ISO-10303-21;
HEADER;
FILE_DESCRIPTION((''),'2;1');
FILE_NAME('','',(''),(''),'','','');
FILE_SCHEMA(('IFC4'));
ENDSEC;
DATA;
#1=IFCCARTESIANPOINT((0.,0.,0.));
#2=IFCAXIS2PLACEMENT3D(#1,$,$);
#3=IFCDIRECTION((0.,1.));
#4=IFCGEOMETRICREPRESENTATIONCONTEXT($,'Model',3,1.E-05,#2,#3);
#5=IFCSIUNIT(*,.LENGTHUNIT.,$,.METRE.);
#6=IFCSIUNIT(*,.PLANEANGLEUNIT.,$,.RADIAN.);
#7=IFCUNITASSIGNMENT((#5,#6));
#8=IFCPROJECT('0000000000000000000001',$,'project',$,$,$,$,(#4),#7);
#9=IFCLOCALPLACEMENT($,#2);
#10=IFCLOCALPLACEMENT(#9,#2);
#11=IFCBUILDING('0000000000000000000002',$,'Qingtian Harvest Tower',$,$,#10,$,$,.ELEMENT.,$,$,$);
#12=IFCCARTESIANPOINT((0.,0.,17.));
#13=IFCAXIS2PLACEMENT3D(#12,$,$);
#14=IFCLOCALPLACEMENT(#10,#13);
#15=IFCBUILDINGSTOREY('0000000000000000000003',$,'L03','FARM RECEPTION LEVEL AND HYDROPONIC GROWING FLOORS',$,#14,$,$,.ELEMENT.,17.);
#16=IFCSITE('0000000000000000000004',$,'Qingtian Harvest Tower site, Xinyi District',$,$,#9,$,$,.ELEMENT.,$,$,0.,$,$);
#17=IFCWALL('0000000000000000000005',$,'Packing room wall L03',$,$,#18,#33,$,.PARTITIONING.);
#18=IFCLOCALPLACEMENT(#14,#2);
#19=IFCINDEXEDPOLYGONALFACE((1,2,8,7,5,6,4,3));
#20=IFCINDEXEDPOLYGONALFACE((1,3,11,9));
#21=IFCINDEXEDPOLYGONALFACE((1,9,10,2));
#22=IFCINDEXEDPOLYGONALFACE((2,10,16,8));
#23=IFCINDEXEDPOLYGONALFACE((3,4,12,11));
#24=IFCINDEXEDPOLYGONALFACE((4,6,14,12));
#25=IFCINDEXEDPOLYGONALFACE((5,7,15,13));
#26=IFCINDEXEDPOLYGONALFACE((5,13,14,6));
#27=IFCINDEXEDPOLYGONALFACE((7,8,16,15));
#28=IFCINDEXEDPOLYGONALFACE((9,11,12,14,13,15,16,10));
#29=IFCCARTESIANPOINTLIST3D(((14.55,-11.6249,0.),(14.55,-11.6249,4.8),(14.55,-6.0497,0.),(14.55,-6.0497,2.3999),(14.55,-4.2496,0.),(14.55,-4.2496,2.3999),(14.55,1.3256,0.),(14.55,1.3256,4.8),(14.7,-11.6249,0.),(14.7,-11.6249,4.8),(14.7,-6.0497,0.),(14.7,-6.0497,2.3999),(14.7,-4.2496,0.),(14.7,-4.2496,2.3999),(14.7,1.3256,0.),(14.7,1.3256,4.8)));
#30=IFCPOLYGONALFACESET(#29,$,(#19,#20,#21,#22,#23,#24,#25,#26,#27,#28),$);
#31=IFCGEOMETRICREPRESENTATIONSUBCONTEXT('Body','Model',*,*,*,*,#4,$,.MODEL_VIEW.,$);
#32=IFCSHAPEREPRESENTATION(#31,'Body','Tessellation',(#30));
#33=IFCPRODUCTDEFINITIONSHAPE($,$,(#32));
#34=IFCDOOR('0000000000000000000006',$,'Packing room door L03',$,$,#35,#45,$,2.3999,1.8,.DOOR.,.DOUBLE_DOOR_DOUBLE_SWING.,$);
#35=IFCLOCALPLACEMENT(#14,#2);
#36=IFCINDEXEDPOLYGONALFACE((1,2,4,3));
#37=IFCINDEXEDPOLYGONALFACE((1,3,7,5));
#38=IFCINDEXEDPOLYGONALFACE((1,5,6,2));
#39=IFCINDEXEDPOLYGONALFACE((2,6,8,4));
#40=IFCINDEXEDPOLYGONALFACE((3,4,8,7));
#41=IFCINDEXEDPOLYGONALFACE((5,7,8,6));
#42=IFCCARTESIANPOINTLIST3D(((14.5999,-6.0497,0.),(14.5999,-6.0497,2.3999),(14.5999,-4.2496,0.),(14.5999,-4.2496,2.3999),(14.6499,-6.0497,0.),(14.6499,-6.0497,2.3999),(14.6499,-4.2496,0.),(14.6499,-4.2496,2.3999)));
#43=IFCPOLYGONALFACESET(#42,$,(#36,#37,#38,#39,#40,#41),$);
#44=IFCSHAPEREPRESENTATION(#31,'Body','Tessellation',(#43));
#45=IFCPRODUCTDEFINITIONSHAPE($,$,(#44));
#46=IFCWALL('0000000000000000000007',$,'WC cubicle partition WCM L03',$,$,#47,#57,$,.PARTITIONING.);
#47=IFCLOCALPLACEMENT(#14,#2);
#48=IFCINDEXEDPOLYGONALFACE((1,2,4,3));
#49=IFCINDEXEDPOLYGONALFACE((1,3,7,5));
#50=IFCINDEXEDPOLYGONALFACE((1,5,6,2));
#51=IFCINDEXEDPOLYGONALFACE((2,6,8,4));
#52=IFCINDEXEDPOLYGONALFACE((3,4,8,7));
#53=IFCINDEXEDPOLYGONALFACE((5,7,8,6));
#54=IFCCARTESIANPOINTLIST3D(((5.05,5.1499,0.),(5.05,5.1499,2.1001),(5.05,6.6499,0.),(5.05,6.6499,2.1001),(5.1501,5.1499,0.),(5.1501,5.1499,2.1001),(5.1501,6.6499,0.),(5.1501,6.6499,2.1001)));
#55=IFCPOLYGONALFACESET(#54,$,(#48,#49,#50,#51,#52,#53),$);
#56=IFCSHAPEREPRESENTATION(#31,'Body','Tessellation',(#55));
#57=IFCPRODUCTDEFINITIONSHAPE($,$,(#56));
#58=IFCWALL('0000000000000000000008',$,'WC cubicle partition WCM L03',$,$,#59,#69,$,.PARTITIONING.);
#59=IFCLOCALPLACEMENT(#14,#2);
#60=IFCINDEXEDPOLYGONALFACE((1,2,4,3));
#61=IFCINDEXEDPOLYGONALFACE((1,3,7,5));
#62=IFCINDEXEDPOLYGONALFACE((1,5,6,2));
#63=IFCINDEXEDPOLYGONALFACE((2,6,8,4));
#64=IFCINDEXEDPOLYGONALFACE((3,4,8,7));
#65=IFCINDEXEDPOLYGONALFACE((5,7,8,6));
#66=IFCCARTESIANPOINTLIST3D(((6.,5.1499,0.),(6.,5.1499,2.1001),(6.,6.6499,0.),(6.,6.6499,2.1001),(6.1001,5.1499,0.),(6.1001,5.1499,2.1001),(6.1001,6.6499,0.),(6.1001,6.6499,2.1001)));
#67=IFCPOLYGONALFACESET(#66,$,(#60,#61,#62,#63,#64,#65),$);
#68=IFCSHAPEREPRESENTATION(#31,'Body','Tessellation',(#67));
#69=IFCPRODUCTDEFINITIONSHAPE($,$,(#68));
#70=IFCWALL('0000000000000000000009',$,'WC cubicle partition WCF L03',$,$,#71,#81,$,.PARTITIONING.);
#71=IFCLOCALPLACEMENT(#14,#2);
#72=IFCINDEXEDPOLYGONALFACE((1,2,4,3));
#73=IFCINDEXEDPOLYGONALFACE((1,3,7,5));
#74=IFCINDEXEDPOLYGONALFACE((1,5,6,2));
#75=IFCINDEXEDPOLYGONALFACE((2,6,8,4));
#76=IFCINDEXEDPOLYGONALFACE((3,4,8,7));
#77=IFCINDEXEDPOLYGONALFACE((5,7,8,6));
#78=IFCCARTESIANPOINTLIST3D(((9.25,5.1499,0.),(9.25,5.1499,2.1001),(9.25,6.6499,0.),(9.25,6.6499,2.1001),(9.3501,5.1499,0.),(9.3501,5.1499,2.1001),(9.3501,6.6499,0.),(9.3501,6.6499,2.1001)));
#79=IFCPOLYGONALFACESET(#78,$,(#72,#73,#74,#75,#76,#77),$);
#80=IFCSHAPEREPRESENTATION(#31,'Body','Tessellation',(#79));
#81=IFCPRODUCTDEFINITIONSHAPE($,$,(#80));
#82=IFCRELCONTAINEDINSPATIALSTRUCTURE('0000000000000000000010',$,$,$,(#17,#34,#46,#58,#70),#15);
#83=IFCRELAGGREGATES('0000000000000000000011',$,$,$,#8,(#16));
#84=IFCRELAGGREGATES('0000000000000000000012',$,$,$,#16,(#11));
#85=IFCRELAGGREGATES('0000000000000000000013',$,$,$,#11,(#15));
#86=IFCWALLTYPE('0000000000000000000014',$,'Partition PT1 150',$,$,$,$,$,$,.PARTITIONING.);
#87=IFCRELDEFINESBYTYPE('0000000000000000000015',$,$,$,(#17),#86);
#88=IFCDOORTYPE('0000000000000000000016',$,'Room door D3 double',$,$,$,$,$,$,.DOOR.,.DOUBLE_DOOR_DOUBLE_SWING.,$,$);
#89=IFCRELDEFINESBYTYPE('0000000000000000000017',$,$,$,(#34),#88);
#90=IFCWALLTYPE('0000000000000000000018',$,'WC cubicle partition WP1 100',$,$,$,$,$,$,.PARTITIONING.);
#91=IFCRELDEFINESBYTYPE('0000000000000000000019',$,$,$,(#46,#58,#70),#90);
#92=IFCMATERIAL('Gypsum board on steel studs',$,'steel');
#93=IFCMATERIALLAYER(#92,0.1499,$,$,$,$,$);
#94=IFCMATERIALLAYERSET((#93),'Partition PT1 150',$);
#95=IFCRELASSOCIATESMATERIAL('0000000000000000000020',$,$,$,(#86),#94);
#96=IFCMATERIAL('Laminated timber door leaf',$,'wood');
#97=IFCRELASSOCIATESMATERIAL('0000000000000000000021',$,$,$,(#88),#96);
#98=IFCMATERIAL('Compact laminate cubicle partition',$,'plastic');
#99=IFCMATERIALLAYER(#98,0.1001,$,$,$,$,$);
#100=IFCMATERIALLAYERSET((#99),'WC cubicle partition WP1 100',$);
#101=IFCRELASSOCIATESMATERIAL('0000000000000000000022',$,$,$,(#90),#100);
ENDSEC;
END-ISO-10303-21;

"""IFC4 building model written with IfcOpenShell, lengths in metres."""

from ifc_helpers import new_model, si_unit, direction, frame, frame_2d, origin, place, context, subcontext, project, spatial, rectangle, extrude, material, layer, layer_set, type_object, element, fill, save


model = new_model("IFC4")

# Units and contexts
model_context = context("Model", 3, precision=1e-05, world=origin(), true_north=direction((0.0, 1.0)))
body_context = subcontext(model_context, "Body", "Model", "MODEL_VIEW")
ifc_project = project(units=[si_unit("LENGTHUNIT", "METRE"), si_unit("PLANEANGLEUNIT", "RADIAN")], contexts=[model_context])

# Site, building, storey
site_placement = place(None, origin())
site = spatial("IfcSite", under=ifc_project, at=site_placement, Name="Qingtian Harvest Tower site, Xinyi District", CompositionType="ELEMENT", RefElevation=0.0)
building_placement = place(site_placement, origin())
building = spatial("IfcBuilding", under=site, at=building_placement, Name="Qingtian Harvest Tower", CompositionType="ELEMENT")
storey_placement = place(building_placement, frame((0.0, 0.0, 17.0)))
storey = spatial("IfcBuildingStorey", under=building, at=storey_placement, Name="L03", Description="FARM RECEPTION LEVEL AND HYDROPONIC GROWING FLOORS", CompositionType="ELEMENT", Elevation=17.0)

# Wall, opening, door
ifc_material_1 = material(Name="Gypsum board on steel studs", Category="steel")
ifc_layer_1 = layer(ifc_material_1, 0.1499)
ifc_layer_set_1 = layer_set([ifc_layer_1], Name="Partition PT1 150")
wall_type_1 = type_object("IfcWallType", Name="Partition PT1 150", PredefinedType="PARTITIONING", material=ifc_layer_set_1)
wall_1_placement = place(storey_placement, frame((14.625, 1.3254, 0.0), z_axis=(0.0, 0.0, 1.0), x_axis=(0.0, -1.0, 0.0)))
wall_1 = element("IfcWall", 1, at=wall_1_placement, inside=storey, type_object=wall_type_1, Name="Packing room wall L03", PredefinedType="PARTITIONING", context=body_context, shape_type="SweptSolid", body=[
    extrude(rectangle(XDim=12.9504, YDim=0.1499, at=frame_2d((6.4751, 0.0))), origin(), (0.0, 0.0, 1.0), 4.8),
])
opening_1_placement = place(wall_1_placement, frame((5.5752, 0.0, 0.0)))
opening_1 = element("IfcOpeningElement", 2, at=opening_1_placement, cuts=wall_1, PredefinedType="OPENING", context=body_context, shape_type="SweptSolid", body=[
    extrude(rectangle(XDim=1.8, YDim=2.3999, at=frame_2d((0.8999, 1.2))), frame((0.0, 0.085, 0.0), z_axis=(0.0, -1.0, 0.0), x_axis=(1.0, 0.0, 0.0)), (0.0, 0.0, 1.0), 0.1699),
])
ifc_material_2 = material(Name="Laminated timber door leaf", Category="wood")
door_type_1 = type_object("IfcDoorType", Name="Room door D3 double", OperationType="DOUBLE_DOOR_DOUBLE_SWING", PredefinedType="DOOR", material=ifc_material_2)
door_1_placement = place(opening_1_placement, origin())
door_1 = element("IfcDoor", 3, at=door_1_placement, inside=storey, type_object=door_type_1, Name="Packing room door L03", OperationType="DOUBLE_DOOR_DOUBLE_SWING", OverallHeight=2.3999, OverallWidth=1.8, PredefinedType="DOOR", context=body_context, shape_type="SweptSolid", body=[
    extrude(rectangle(XDim=1.8, YDim=2.3999, at=frame_2d((0.8999, 1.2))), frame((0.0, 0.0249, 0.0), z_axis=(0.0, -1.0, 0.0), x_axis=(1.0, 0.0, 0.0)), (0.0, 0.0, 1.0), 0.05),
])
fill(opening_1, door_1)

# Walls
ifc_material_3 = material(Name="Compact laminate cubicle partition", Category="plastic")
ifc_layer_2 = layer(ifc_material_3, 0.1001)
ifc_layer_set_2 = layer_set([ifc_layer_2], Name="WC cubicle partition WP1 100")
wall_type_2 = type_object("IfcWallType", Name="WC cubicle partition WP1 100", PredefinedType="PARTITIONING", material=ifc_layer_set_2)
for number, where, z_axis, x_axis, name in (
    (4, (5.1001, 5.1499, 0.0), (0.0, 0.0, 1.0), (0.0, 1.0, 0.0), "WC cubicle partition WCM L03"),
    (5, (6.05, 5.1499, 0.0), (0.0, 0.0, 1.0), (0.0, 1.0, 0.0), "WC cubicle partition WCM L03"),
    (6, (9.3, 5.1499, 0.0), (0.0, 0.0, 1.0), (0.0, 1.0, 0.0), "WC cubicle partition WCF L03"),
):
    element("IfcWall", number, at=place(storey_placement, frame(where, z_axis=z_axis, x_axis=x_axis)), inside=storey, type_object=wall_type_2, Name=name, PredefinedType="PARTITIONING", context=body_context, shape_type="SweptSolid", body=[
        extrude(rectangle(XDim=1.5, YDim=0.1001, at=frame_2d((0.75, 0.0))), origin(), (0.0, 0.0, 1.0), 2.1001),
    ])

save(model, "model.ifc")
